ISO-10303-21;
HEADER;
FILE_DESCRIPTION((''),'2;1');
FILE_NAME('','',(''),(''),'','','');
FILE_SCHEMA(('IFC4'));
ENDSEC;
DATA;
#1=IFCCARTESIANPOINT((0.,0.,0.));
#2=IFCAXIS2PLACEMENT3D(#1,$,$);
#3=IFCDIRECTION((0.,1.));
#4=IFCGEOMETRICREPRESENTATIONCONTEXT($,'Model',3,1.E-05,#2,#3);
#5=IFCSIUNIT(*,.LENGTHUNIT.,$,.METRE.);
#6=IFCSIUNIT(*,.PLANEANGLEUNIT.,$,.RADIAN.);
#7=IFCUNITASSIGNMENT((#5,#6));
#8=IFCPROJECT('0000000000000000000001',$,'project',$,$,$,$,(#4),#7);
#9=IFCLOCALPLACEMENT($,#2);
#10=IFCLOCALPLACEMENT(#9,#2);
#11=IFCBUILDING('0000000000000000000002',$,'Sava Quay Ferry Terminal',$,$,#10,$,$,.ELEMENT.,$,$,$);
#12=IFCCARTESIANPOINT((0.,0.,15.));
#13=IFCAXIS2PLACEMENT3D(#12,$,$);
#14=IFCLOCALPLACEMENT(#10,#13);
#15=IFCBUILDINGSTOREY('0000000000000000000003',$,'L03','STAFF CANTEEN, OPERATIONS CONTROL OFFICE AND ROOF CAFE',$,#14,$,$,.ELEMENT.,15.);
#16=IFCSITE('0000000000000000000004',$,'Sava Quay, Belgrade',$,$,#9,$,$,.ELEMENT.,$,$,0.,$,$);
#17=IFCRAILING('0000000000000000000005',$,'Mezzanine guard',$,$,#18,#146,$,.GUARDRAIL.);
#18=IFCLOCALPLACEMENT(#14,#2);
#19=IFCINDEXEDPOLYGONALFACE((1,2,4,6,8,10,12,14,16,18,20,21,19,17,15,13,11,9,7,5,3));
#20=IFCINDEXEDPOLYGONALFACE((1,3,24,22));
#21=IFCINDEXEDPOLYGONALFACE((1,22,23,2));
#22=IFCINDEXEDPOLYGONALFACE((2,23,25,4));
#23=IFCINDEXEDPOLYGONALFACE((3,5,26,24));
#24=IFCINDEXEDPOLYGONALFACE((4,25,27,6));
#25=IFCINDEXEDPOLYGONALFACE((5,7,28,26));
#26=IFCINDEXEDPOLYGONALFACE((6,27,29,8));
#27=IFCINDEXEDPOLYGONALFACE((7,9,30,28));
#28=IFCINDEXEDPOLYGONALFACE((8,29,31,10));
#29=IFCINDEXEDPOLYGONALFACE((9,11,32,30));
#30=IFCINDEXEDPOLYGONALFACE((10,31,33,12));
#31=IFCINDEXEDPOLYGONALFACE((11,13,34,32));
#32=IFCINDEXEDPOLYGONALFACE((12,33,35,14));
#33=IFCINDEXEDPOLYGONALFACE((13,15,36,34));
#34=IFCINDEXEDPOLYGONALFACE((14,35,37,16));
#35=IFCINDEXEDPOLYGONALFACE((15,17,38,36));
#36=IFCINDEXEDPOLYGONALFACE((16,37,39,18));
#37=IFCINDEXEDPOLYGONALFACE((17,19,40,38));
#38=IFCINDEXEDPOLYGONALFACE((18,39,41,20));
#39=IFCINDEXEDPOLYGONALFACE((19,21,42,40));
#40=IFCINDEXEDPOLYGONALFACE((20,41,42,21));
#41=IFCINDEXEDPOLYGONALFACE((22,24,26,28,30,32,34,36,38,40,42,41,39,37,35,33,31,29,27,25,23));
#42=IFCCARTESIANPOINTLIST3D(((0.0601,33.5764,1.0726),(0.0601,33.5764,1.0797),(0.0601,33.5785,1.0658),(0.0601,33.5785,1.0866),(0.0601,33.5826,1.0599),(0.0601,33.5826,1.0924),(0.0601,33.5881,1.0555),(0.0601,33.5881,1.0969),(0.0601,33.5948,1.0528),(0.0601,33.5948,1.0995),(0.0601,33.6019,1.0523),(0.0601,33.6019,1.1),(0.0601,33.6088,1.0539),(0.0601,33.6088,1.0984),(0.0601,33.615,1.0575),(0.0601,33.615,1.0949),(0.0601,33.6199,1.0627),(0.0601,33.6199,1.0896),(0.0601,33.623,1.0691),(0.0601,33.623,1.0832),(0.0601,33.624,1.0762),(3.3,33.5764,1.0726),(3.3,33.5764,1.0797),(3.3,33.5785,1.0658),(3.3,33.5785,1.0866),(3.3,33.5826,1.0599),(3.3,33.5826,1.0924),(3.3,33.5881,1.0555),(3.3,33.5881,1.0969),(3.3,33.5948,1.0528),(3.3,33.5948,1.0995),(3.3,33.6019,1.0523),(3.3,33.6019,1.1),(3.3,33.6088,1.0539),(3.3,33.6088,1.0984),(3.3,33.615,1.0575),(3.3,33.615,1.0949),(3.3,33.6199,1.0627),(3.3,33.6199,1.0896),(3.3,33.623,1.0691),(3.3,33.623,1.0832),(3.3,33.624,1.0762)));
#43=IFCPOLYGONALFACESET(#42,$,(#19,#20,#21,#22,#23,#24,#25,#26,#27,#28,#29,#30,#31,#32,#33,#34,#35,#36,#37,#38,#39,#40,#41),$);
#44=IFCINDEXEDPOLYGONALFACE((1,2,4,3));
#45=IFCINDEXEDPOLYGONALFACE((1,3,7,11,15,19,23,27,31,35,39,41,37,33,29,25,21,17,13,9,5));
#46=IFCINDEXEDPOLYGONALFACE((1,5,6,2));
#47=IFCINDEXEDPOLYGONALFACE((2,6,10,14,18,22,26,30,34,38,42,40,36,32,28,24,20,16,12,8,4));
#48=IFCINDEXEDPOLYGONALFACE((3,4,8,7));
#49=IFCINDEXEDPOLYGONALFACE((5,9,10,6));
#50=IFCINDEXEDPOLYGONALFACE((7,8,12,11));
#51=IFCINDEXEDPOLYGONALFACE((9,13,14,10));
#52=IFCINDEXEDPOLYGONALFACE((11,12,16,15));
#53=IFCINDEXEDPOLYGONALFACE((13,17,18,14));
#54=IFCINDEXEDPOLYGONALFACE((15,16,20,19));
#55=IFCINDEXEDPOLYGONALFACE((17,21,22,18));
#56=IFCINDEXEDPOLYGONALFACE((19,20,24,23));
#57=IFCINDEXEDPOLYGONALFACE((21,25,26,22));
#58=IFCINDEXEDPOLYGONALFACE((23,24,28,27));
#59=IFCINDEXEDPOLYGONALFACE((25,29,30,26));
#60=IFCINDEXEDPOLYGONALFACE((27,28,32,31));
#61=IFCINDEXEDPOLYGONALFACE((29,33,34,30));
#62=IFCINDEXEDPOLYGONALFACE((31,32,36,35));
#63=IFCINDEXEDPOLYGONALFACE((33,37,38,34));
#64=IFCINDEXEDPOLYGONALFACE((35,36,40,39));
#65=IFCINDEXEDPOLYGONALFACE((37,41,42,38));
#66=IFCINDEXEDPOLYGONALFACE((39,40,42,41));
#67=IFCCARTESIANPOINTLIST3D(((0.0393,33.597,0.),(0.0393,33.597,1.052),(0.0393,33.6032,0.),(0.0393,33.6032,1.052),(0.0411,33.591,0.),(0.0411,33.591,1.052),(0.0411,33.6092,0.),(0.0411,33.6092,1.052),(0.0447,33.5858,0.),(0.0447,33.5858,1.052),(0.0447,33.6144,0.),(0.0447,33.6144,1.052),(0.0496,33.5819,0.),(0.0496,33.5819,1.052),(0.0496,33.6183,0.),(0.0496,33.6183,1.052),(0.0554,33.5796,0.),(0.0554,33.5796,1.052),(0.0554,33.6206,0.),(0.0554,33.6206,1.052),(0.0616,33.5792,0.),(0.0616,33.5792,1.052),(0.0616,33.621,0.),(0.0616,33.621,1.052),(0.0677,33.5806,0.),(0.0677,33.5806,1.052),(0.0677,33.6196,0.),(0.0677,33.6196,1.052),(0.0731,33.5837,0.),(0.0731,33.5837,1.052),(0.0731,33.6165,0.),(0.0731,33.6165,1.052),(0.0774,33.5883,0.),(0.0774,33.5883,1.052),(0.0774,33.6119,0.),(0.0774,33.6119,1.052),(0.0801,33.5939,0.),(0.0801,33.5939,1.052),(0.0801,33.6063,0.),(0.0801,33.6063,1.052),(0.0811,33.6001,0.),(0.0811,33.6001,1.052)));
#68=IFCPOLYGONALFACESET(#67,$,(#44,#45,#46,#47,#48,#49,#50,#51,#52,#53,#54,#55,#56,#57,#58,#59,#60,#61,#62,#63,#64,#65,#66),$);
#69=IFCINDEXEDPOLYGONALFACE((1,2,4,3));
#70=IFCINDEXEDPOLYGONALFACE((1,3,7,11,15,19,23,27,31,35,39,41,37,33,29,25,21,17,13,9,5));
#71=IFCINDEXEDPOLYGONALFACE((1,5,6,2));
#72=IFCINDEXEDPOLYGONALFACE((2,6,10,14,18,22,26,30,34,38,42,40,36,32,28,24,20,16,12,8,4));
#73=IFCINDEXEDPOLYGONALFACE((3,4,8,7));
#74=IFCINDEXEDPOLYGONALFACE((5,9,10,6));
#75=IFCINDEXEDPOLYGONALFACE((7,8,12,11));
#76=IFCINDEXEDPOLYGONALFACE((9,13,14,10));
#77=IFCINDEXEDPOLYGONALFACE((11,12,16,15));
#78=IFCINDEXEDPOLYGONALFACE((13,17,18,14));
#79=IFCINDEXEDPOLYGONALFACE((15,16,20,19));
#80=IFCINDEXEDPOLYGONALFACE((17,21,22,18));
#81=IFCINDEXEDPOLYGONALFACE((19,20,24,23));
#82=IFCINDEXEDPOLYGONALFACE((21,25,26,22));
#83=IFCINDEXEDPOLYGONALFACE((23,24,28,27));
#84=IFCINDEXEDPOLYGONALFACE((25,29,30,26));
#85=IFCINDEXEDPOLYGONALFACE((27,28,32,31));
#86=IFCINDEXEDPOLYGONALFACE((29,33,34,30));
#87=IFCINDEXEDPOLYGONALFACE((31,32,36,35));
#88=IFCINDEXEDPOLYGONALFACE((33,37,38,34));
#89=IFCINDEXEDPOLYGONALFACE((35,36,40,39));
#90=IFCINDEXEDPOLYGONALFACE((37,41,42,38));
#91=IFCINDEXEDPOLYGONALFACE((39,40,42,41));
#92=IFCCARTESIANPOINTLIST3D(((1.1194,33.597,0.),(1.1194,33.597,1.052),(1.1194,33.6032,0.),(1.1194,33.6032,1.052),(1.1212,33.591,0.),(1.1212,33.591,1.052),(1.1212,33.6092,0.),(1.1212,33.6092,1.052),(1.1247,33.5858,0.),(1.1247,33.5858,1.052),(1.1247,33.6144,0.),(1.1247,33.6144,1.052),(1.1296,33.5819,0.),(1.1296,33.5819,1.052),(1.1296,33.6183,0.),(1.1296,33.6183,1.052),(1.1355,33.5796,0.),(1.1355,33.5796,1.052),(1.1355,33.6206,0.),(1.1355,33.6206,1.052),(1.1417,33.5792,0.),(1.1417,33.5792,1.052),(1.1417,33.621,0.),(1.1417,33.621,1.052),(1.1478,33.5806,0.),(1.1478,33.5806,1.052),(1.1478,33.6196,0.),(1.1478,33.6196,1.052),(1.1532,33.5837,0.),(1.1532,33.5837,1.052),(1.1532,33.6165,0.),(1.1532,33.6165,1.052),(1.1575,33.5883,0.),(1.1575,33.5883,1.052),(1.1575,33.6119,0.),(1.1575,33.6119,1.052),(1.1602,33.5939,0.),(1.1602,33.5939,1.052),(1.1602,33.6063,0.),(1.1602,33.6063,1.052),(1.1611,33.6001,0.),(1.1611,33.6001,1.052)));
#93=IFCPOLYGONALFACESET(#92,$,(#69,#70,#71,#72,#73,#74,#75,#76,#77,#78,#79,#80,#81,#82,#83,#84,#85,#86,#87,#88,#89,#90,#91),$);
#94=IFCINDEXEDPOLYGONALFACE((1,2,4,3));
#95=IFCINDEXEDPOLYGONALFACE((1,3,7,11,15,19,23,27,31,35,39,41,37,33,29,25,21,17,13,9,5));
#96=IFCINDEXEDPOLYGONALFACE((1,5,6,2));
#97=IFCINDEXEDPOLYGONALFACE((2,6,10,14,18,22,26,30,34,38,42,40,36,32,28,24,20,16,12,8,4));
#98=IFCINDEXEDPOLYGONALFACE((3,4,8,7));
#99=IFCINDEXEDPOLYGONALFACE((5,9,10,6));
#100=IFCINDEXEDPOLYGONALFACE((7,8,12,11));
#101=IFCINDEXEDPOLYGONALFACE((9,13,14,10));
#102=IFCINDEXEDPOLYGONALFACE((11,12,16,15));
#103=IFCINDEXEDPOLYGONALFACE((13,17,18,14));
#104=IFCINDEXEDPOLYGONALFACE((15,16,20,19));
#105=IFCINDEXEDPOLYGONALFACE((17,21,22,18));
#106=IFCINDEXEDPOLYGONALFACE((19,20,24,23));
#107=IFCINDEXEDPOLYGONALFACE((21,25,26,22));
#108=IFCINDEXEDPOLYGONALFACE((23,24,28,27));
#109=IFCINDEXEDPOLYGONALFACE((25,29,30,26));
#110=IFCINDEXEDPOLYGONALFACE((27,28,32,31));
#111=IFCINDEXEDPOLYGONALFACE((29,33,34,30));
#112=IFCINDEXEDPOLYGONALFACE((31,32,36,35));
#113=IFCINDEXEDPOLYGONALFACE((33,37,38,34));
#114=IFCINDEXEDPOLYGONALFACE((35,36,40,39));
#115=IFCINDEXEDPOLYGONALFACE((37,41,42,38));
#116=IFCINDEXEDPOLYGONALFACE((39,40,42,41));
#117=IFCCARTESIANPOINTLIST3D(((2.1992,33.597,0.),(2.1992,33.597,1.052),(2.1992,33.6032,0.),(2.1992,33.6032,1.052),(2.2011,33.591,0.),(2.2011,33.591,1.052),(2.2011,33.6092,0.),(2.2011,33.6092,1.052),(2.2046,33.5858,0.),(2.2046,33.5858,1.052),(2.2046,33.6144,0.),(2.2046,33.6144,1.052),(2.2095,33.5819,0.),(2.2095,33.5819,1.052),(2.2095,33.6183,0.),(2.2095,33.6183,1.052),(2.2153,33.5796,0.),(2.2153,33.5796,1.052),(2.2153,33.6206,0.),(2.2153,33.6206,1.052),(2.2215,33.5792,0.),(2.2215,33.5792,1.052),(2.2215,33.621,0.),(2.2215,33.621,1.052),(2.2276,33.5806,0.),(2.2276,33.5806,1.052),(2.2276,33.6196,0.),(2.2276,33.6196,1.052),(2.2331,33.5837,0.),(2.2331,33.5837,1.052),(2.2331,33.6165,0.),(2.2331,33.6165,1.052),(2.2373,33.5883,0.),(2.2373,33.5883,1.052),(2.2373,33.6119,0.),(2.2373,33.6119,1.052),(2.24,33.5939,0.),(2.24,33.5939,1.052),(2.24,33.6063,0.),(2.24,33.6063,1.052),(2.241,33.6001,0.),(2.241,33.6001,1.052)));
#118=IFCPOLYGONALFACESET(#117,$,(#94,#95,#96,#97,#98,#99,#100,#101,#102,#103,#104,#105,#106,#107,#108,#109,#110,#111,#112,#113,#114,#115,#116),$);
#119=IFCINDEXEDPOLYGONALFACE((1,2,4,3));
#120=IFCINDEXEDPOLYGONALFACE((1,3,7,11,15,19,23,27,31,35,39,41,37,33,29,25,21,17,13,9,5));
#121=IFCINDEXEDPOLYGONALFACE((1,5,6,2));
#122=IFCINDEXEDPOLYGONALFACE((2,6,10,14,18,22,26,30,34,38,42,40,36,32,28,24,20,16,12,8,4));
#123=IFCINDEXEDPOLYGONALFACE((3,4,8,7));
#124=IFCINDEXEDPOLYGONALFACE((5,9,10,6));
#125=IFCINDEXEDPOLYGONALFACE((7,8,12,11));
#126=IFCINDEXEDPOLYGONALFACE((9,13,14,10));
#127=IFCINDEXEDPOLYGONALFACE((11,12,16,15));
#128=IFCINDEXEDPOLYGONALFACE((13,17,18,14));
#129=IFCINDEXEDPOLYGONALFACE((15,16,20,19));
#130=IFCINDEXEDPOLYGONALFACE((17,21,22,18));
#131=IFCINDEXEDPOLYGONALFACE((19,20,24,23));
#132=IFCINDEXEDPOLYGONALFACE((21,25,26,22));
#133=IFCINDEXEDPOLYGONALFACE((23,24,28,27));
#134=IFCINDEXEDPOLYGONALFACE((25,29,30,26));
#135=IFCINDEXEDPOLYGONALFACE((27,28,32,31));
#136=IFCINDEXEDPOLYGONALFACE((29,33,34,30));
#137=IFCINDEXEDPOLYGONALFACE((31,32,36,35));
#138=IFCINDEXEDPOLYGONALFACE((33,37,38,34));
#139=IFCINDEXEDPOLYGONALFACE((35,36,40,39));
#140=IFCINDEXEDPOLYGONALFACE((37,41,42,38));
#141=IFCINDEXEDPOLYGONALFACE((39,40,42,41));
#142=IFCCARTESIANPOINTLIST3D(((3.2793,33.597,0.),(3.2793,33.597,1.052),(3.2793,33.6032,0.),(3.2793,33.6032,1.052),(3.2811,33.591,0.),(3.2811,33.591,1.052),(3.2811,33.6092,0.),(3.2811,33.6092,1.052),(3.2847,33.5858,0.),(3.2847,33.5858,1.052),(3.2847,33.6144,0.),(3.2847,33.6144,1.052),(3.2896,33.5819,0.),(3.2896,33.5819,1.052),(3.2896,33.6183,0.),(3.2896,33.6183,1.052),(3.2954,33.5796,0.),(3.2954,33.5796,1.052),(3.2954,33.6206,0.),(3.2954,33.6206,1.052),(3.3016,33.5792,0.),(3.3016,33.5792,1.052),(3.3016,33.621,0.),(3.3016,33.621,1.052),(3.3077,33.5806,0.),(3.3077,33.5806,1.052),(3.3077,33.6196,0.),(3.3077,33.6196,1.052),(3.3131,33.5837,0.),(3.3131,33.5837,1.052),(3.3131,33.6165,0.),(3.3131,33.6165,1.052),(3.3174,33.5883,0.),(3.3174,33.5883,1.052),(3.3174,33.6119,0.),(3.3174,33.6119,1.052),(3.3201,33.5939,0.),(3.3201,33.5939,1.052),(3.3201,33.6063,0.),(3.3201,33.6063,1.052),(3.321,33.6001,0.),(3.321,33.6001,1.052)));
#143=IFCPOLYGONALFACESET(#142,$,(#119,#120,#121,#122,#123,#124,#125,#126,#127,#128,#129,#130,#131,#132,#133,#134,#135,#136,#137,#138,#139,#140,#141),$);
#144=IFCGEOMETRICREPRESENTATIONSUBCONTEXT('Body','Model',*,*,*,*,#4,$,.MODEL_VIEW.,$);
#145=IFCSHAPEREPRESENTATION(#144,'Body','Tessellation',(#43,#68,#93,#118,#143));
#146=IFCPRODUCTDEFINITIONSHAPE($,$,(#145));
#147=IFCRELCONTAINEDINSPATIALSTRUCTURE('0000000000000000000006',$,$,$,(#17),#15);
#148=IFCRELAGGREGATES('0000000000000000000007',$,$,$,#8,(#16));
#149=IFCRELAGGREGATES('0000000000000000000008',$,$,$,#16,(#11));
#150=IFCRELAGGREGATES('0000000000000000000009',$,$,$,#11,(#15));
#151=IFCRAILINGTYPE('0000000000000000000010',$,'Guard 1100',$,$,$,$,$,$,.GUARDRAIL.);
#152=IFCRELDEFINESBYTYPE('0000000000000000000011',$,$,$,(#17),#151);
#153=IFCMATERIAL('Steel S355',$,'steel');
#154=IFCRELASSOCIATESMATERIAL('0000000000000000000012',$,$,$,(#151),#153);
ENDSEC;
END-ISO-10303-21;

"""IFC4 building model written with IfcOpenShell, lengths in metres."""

from ifc_helpers import new_model, si_unit, direction, frame, origin, origin_2d, place, context, subcontext, project, spatial, circle, extrude, material, type_object, element, save


model = new_model("IFC4")

# Units and contexts
model_context = context("Model", 3, precision=1e-05, world=origin(), true_north=direction((0.0, 1.0)))
body_context = subcontext(model_context, "Body", "Model", "MODEL_VIEW")
ifc_project = project(units=[si_unit("LENGTHUNIT", "METRE"), si_unit("PLANEANGLEUNIT", "RADIAN")], contexts=[model_context])

# Site, building, storey
site_placement = place(None, origin())
site = spatial("IfcSite", under=ifc_project, at=site_placement, Name="Sava Quay, Belgrade", CompositionType="ELEMENT", RefElevation=0.0)
building_placement = place(site_placement, origin())
building = spatial("IfcBuilding", under=site, at=building_placement, Name="Sava Quay Ferry Terminal", CompositionType="ELEMENT")
storey_placement = place(building_placement, frame((0.0, 0.0, 15.0)))
storey = spatial("IfcBuildingStorey", under=building, at=storey_placement, Name="L03", Description="STAFF CANTEEN, OPERATIONS CONTROL OFFICE AND ROOF CAFE", CompositionType="ELEMENT", Elevation=15.0)

# Railing
ifc_material_1 = material(Name="Steel S355", Category="steel")
railing_type = type_object("IfcRailingType", Name="Guard 1100", PredefinedType="GUARDRAIL", material=ifc_material_1)
railing_1_placement = place(storey_placement, frame((0.0601, 33.6001, 0.0)))
element("IfcRailing", 1, at=railing_1_placement, inside=storey, type_object=railing_type, Name="Mezzanine guard", PredefinedType="GUARDRAIL", context=body_context, shape_type="SweptSolid", body=[
    extrude(circle(Radius=0.0239, at=origin_2d()), frame((0.0, 0.0, 1.0762), z_axis=(1.0, 0.0, 0.0), x_axis=(0.0, 1.0, 0.0)), (0.0, 0.0, 1.0), 3.24),
    extrude(circle(Radius=0.021, at=origin_2d()), origin(), (0.0, 0.0, 1.0), 1.052),
    extrude(circle(Radius=0.021, at=origin_2d()), frame((1.0801, 0.0, 0.0)), (0.0, 0.0, 1.0), 1.052),
    extrude(circle(Radius=0.021, at=origin_2d()), frame((2.1599, 0.0, 0.0)), (0.0, 0.0, 1.0), 1.052),
    extrude(circle(Radius=0.021, at=origin_2d()), frame((3.24, 0.0, 0.0)), (0.0, 0.0, 1.0), 1.052),
])

save(model, "model.ifc")
